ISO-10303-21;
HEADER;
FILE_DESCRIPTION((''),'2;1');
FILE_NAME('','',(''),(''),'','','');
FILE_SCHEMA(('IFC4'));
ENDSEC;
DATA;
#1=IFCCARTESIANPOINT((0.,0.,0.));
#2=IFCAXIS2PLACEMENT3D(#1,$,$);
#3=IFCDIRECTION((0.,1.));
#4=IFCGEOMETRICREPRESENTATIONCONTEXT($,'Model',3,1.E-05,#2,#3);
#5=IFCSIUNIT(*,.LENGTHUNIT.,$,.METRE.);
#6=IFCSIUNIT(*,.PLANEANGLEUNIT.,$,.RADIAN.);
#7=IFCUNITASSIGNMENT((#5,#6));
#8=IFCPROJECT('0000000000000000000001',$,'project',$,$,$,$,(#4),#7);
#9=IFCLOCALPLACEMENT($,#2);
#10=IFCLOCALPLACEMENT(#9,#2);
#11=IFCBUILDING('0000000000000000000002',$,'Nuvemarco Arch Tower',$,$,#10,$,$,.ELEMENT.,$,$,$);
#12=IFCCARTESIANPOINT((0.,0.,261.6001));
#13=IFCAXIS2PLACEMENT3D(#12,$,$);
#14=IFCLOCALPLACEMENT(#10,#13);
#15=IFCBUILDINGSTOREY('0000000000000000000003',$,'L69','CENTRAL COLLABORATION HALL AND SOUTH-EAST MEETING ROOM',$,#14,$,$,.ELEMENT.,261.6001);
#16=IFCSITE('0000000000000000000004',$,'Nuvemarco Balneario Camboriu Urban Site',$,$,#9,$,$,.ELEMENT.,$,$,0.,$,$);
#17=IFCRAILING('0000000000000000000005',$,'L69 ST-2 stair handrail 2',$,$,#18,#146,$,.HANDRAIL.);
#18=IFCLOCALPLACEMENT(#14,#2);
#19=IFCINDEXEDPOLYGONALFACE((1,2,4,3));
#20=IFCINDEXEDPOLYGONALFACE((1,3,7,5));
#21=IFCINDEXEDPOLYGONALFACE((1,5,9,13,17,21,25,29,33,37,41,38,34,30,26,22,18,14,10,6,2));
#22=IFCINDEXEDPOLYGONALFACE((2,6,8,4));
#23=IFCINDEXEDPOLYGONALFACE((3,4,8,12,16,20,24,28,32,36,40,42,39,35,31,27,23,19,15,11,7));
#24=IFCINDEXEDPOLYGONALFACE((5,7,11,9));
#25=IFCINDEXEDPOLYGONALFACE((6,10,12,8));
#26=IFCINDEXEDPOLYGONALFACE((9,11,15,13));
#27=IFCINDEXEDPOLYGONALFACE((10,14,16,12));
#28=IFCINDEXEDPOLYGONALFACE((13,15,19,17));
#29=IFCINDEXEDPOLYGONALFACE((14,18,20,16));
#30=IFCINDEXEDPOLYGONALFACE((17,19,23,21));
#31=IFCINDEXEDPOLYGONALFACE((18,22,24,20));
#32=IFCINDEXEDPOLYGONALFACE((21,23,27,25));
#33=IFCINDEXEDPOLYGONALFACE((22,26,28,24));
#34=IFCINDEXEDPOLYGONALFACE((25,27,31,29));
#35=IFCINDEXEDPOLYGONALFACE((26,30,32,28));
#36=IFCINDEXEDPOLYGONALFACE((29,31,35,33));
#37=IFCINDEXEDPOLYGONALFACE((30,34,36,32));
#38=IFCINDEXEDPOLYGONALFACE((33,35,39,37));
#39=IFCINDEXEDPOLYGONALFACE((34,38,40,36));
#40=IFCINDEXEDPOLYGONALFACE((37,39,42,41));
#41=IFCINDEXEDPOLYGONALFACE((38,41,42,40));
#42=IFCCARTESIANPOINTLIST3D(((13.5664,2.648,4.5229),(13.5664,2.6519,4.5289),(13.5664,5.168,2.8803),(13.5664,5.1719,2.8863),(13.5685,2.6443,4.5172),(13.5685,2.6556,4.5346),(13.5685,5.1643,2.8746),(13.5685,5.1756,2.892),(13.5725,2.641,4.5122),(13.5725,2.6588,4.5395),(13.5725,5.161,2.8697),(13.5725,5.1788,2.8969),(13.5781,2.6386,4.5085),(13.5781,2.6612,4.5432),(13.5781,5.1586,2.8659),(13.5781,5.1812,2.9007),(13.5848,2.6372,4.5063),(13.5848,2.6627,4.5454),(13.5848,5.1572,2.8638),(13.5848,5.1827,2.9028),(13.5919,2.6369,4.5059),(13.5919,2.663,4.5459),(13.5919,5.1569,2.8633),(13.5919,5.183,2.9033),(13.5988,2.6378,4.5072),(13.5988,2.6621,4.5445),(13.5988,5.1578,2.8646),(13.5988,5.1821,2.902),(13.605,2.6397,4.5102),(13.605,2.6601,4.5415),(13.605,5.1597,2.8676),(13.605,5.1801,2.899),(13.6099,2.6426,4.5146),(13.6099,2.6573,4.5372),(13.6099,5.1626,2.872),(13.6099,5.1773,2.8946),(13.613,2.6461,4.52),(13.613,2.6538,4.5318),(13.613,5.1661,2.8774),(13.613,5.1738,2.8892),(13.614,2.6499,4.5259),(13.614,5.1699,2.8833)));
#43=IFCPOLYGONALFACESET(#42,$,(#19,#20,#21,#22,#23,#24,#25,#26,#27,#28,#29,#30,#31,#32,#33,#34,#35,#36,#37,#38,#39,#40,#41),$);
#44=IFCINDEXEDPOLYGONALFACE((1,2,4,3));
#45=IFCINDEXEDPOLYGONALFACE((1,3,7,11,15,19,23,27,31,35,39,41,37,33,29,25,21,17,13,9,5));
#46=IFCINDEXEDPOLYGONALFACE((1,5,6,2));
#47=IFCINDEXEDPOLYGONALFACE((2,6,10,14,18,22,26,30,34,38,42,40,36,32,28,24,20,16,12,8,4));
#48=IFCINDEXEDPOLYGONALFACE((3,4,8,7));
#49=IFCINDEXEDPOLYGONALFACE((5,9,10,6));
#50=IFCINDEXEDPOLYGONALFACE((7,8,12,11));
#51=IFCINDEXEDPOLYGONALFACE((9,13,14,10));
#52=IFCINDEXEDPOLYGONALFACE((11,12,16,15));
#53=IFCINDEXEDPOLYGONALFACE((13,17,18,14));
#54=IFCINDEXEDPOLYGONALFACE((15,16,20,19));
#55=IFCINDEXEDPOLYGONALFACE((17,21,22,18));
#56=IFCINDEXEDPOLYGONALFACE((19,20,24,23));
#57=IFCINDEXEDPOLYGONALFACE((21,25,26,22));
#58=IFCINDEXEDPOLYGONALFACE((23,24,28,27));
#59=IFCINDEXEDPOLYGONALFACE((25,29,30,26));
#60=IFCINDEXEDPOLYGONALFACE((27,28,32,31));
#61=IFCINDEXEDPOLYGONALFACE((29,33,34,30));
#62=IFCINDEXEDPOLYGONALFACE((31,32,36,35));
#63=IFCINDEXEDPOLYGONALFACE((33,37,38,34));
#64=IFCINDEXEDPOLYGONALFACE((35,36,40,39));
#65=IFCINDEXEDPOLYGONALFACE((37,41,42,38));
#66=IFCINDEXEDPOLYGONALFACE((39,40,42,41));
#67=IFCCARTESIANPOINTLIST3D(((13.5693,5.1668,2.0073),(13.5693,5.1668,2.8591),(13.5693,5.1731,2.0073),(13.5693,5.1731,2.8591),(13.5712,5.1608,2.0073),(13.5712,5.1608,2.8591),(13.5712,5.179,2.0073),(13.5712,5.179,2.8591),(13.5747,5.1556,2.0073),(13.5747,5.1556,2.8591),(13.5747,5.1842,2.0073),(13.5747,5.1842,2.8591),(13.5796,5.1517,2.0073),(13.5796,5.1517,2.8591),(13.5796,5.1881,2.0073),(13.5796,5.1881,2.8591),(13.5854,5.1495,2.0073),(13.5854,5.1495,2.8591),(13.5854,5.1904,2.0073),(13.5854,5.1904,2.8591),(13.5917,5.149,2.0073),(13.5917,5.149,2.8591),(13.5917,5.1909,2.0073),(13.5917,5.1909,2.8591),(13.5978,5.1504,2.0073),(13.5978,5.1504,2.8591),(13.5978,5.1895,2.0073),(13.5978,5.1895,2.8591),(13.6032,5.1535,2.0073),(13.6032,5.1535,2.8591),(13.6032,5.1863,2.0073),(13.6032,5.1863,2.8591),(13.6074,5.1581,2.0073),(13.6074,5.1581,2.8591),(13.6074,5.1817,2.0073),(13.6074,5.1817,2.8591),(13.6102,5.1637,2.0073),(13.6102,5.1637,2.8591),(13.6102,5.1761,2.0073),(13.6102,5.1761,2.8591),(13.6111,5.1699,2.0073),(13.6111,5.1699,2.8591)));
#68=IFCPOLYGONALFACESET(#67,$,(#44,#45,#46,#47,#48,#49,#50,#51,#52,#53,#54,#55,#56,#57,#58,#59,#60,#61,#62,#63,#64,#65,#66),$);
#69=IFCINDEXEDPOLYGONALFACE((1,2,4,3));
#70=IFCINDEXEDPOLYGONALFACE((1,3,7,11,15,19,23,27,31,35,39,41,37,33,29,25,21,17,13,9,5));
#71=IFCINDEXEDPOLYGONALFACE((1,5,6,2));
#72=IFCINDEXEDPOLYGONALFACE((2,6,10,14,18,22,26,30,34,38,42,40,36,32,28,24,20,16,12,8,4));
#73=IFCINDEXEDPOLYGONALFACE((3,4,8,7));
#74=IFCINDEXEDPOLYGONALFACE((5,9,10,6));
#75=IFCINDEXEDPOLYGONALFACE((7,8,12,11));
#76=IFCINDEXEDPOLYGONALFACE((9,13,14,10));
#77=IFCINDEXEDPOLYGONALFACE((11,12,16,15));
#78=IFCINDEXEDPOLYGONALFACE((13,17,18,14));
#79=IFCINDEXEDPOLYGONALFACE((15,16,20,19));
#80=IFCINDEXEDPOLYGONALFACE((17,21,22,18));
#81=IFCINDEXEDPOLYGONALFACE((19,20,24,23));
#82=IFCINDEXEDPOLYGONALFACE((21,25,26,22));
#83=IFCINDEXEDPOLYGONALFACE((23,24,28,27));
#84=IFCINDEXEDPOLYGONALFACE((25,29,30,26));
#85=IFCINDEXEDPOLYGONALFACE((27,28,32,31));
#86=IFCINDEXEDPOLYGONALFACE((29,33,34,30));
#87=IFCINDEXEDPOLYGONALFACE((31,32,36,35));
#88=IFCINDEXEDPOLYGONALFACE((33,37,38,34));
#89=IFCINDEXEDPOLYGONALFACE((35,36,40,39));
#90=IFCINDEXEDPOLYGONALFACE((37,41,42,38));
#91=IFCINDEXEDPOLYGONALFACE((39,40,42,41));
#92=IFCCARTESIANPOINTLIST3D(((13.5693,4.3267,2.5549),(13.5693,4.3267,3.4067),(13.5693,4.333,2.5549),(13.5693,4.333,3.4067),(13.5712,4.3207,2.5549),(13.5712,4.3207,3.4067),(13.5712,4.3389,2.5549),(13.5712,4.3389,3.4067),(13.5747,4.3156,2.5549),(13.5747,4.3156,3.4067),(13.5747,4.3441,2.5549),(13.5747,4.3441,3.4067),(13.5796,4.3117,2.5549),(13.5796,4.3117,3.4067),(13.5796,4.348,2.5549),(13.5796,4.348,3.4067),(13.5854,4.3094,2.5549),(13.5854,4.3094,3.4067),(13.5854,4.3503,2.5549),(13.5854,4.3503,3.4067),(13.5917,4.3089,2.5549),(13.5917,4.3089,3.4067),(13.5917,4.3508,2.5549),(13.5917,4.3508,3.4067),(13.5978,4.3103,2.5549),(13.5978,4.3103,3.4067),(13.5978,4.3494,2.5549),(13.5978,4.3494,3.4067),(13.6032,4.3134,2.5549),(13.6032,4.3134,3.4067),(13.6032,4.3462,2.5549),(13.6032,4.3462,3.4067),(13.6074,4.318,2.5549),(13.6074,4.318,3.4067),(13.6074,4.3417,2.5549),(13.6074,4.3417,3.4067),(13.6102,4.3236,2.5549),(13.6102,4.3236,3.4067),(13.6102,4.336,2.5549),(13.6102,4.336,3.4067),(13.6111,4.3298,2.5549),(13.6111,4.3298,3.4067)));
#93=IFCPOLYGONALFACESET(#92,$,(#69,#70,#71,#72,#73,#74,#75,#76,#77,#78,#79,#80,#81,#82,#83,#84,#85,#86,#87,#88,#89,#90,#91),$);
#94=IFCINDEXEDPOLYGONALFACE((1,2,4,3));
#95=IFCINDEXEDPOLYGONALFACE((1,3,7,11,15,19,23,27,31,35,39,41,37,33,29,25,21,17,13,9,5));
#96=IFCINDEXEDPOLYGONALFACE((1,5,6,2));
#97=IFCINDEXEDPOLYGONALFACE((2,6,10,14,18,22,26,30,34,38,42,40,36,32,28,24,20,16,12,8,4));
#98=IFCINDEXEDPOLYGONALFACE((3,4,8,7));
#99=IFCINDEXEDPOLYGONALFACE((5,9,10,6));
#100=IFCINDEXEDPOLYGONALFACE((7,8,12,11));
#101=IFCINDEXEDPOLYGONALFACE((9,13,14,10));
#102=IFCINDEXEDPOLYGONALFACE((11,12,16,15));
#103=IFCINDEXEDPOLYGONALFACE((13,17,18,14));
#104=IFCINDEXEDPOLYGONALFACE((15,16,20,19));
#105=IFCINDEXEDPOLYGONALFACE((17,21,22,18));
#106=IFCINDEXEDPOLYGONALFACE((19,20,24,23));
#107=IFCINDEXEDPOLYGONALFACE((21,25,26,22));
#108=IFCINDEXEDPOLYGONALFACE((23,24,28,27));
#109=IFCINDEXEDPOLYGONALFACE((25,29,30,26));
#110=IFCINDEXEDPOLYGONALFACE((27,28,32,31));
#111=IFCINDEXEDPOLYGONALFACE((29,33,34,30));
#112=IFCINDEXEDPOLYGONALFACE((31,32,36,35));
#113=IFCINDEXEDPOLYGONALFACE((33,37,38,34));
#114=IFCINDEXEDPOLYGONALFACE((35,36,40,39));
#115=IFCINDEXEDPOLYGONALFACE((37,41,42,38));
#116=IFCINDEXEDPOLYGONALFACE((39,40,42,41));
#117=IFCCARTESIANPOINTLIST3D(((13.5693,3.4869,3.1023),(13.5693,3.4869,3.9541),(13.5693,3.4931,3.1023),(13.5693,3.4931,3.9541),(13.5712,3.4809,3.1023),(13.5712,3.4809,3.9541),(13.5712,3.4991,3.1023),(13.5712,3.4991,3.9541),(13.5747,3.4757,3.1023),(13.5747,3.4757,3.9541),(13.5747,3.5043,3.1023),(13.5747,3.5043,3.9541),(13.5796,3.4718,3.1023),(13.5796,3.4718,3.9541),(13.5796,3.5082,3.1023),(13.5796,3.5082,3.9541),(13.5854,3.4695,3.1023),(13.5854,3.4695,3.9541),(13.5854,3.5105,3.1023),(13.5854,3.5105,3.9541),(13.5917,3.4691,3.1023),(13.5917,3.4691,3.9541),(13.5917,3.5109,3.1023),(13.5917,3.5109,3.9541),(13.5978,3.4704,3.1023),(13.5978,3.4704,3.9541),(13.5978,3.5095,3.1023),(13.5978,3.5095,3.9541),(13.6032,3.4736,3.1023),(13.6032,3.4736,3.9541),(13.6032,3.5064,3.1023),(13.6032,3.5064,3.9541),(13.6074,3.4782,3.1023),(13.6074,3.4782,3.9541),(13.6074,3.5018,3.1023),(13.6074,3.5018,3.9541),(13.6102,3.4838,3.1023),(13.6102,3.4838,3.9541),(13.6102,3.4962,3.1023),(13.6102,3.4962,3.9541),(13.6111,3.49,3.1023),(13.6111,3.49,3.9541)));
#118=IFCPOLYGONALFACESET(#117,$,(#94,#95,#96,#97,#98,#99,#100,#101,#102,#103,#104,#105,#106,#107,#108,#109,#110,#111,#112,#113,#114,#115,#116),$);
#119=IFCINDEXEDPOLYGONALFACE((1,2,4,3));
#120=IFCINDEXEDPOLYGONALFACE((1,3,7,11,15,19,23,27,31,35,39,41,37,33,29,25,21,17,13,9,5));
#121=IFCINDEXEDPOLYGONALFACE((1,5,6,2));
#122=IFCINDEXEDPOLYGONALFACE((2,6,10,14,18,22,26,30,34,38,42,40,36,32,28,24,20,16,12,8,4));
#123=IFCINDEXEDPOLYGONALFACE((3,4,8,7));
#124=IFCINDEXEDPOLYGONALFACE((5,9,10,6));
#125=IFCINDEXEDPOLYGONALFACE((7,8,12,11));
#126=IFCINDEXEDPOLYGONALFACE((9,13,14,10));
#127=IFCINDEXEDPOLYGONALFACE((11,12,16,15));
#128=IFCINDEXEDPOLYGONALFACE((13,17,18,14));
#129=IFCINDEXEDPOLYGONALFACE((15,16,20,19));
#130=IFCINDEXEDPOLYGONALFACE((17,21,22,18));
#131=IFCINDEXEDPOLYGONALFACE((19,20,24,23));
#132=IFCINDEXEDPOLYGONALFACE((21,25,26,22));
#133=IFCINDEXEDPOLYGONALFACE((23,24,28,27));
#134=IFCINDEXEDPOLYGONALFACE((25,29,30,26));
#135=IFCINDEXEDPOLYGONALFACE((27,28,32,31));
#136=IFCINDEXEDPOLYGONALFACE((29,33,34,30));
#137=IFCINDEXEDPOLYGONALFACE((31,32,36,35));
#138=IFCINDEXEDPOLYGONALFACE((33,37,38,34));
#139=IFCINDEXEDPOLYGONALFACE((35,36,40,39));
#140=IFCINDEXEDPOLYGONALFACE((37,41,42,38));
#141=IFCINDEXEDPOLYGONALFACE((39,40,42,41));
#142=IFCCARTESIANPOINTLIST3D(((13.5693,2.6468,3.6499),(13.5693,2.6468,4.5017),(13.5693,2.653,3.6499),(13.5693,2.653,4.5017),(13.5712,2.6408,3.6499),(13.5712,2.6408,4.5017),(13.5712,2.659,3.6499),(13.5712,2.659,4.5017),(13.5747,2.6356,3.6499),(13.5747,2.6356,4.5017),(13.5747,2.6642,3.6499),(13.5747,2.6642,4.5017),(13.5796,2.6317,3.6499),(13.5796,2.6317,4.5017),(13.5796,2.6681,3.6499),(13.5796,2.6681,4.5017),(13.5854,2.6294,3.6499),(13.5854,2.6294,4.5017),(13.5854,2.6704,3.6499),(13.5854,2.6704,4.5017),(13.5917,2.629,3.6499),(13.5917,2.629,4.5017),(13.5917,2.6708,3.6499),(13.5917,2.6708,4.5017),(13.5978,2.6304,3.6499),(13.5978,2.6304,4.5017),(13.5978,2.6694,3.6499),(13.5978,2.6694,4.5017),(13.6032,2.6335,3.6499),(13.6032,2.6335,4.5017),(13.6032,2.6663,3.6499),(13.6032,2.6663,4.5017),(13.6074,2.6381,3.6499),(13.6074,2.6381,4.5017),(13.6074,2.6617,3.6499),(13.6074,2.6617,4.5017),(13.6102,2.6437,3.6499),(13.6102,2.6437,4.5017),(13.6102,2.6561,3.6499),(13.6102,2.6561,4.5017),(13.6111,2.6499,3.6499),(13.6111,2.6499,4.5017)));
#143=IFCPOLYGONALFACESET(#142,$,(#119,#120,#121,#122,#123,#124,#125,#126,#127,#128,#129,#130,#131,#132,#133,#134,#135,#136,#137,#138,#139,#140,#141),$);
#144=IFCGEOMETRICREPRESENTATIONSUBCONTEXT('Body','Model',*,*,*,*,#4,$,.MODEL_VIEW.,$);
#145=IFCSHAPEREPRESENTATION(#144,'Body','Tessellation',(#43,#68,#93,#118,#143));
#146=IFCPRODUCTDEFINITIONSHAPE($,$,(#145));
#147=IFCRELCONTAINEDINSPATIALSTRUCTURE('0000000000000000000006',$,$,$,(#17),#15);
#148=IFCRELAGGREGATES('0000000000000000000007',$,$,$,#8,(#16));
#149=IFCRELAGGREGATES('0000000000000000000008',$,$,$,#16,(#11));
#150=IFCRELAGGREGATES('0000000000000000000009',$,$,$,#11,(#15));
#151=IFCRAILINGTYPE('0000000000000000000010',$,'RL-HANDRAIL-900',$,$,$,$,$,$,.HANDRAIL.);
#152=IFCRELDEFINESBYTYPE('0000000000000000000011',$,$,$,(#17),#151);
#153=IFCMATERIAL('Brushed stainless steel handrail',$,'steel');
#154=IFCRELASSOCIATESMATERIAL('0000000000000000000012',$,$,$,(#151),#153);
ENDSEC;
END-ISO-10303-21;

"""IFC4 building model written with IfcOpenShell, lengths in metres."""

from ifc_helpers import new_model, si_unit, direction, frame, origin, origin_2d, place, context, subcontext, project, spatial, circle, extrude, material, type_object, element, save


model = new_model("IFC4")

# Units and contexts
model_context = context("Model", 3, precision=1e-05, world=origin(), true_north=direction((0.0, 1.0)))
body_context = subcontext(model_context, "Body", "Model", "MODEL_VIEW")
ifc_project = project(units=[si_unit("LENGTHUNIT", "METRE"), si_unit("PLANEANGLEUNIT", "RADIAN")], contexts=[model_context])

# Site, building, storey
site_placement = place(None, origin())
site = spatial("IfcSite", under=ifc_project, at=site_placement, Name="Nuvemarco Balneario Camboriu Urban Site", CompositionType="ELEMENT", RefElevation=0.0)
building_placement = place(site_placement, origin())
building = spatial("IfcBuilding", under=site, at=building_placement, Name="Nuvemarco Arch Tower", CompositionType="ELEMENT")
storey_placement = place(building_placement, frame((0.0, 0.0, 261.6001)))
storey = spatial("IfcBuildingStorey", under=building, at=storey_placement, Name="L69", Description="CENTRAL COLLABORATION HALL AND SOUTH-EAST MEETING ROOM", CompositionType="ELEMENT", Elevation=261.6001)

# Railing
ifc_material_1 = material(Name="Brushed stainless steel handrail", Category="steel")
railing_type_1 = type_object("IfcRailingType", Name="RL-HANDRAIL-900", PredefinedType="HANDRAIL", material=ifc_material_1)
railing_1_placement = place(storey_placement, frame((13.5901, 5.1699, 2.0073)))
element("IfcRailing", 1, at=railing_1_placement, inside=storey, type_object=railing_type_1, Name="L69 ST-2 stair handrail 2", PredefinedType="HANDRAIL", context=body_context, shape_type="SweptSolid", body=[
    extrude(circle(Radius=0.0239, at=origin_2d()), frame((0.0, 0.0, 0.876), z_axis=(0.0, -0.837749, 0.546055), x_axis=(1.0, 0.0, 0.0)), (0.0, 0.0, 1.0), 3.0081),
    extrude(circle(Radius=0.021, at=origin_2d()), origin(), (0.0, 0.0, 1.0), 0.8518),
    extrude(circle(Radius=0.021, at=origin_2d()), frame((0.0, -0.8401, 0.5476)), (0.0, 0.0, 1.0), 0.8518),
    extrude(circle(Radius=0.021, at=origin_2d()), frame((0.0, -1.6799, 1.095)), (0.0, 0.0, 1.0), 0.8518),
    extrude(circle(Radius=0.021, at=origin_2d()), frame((0.0, -2.52, 1.6426)), (0.0, 0.0, 1.0), 0.8518),
])

save(model, "model.ifc")
